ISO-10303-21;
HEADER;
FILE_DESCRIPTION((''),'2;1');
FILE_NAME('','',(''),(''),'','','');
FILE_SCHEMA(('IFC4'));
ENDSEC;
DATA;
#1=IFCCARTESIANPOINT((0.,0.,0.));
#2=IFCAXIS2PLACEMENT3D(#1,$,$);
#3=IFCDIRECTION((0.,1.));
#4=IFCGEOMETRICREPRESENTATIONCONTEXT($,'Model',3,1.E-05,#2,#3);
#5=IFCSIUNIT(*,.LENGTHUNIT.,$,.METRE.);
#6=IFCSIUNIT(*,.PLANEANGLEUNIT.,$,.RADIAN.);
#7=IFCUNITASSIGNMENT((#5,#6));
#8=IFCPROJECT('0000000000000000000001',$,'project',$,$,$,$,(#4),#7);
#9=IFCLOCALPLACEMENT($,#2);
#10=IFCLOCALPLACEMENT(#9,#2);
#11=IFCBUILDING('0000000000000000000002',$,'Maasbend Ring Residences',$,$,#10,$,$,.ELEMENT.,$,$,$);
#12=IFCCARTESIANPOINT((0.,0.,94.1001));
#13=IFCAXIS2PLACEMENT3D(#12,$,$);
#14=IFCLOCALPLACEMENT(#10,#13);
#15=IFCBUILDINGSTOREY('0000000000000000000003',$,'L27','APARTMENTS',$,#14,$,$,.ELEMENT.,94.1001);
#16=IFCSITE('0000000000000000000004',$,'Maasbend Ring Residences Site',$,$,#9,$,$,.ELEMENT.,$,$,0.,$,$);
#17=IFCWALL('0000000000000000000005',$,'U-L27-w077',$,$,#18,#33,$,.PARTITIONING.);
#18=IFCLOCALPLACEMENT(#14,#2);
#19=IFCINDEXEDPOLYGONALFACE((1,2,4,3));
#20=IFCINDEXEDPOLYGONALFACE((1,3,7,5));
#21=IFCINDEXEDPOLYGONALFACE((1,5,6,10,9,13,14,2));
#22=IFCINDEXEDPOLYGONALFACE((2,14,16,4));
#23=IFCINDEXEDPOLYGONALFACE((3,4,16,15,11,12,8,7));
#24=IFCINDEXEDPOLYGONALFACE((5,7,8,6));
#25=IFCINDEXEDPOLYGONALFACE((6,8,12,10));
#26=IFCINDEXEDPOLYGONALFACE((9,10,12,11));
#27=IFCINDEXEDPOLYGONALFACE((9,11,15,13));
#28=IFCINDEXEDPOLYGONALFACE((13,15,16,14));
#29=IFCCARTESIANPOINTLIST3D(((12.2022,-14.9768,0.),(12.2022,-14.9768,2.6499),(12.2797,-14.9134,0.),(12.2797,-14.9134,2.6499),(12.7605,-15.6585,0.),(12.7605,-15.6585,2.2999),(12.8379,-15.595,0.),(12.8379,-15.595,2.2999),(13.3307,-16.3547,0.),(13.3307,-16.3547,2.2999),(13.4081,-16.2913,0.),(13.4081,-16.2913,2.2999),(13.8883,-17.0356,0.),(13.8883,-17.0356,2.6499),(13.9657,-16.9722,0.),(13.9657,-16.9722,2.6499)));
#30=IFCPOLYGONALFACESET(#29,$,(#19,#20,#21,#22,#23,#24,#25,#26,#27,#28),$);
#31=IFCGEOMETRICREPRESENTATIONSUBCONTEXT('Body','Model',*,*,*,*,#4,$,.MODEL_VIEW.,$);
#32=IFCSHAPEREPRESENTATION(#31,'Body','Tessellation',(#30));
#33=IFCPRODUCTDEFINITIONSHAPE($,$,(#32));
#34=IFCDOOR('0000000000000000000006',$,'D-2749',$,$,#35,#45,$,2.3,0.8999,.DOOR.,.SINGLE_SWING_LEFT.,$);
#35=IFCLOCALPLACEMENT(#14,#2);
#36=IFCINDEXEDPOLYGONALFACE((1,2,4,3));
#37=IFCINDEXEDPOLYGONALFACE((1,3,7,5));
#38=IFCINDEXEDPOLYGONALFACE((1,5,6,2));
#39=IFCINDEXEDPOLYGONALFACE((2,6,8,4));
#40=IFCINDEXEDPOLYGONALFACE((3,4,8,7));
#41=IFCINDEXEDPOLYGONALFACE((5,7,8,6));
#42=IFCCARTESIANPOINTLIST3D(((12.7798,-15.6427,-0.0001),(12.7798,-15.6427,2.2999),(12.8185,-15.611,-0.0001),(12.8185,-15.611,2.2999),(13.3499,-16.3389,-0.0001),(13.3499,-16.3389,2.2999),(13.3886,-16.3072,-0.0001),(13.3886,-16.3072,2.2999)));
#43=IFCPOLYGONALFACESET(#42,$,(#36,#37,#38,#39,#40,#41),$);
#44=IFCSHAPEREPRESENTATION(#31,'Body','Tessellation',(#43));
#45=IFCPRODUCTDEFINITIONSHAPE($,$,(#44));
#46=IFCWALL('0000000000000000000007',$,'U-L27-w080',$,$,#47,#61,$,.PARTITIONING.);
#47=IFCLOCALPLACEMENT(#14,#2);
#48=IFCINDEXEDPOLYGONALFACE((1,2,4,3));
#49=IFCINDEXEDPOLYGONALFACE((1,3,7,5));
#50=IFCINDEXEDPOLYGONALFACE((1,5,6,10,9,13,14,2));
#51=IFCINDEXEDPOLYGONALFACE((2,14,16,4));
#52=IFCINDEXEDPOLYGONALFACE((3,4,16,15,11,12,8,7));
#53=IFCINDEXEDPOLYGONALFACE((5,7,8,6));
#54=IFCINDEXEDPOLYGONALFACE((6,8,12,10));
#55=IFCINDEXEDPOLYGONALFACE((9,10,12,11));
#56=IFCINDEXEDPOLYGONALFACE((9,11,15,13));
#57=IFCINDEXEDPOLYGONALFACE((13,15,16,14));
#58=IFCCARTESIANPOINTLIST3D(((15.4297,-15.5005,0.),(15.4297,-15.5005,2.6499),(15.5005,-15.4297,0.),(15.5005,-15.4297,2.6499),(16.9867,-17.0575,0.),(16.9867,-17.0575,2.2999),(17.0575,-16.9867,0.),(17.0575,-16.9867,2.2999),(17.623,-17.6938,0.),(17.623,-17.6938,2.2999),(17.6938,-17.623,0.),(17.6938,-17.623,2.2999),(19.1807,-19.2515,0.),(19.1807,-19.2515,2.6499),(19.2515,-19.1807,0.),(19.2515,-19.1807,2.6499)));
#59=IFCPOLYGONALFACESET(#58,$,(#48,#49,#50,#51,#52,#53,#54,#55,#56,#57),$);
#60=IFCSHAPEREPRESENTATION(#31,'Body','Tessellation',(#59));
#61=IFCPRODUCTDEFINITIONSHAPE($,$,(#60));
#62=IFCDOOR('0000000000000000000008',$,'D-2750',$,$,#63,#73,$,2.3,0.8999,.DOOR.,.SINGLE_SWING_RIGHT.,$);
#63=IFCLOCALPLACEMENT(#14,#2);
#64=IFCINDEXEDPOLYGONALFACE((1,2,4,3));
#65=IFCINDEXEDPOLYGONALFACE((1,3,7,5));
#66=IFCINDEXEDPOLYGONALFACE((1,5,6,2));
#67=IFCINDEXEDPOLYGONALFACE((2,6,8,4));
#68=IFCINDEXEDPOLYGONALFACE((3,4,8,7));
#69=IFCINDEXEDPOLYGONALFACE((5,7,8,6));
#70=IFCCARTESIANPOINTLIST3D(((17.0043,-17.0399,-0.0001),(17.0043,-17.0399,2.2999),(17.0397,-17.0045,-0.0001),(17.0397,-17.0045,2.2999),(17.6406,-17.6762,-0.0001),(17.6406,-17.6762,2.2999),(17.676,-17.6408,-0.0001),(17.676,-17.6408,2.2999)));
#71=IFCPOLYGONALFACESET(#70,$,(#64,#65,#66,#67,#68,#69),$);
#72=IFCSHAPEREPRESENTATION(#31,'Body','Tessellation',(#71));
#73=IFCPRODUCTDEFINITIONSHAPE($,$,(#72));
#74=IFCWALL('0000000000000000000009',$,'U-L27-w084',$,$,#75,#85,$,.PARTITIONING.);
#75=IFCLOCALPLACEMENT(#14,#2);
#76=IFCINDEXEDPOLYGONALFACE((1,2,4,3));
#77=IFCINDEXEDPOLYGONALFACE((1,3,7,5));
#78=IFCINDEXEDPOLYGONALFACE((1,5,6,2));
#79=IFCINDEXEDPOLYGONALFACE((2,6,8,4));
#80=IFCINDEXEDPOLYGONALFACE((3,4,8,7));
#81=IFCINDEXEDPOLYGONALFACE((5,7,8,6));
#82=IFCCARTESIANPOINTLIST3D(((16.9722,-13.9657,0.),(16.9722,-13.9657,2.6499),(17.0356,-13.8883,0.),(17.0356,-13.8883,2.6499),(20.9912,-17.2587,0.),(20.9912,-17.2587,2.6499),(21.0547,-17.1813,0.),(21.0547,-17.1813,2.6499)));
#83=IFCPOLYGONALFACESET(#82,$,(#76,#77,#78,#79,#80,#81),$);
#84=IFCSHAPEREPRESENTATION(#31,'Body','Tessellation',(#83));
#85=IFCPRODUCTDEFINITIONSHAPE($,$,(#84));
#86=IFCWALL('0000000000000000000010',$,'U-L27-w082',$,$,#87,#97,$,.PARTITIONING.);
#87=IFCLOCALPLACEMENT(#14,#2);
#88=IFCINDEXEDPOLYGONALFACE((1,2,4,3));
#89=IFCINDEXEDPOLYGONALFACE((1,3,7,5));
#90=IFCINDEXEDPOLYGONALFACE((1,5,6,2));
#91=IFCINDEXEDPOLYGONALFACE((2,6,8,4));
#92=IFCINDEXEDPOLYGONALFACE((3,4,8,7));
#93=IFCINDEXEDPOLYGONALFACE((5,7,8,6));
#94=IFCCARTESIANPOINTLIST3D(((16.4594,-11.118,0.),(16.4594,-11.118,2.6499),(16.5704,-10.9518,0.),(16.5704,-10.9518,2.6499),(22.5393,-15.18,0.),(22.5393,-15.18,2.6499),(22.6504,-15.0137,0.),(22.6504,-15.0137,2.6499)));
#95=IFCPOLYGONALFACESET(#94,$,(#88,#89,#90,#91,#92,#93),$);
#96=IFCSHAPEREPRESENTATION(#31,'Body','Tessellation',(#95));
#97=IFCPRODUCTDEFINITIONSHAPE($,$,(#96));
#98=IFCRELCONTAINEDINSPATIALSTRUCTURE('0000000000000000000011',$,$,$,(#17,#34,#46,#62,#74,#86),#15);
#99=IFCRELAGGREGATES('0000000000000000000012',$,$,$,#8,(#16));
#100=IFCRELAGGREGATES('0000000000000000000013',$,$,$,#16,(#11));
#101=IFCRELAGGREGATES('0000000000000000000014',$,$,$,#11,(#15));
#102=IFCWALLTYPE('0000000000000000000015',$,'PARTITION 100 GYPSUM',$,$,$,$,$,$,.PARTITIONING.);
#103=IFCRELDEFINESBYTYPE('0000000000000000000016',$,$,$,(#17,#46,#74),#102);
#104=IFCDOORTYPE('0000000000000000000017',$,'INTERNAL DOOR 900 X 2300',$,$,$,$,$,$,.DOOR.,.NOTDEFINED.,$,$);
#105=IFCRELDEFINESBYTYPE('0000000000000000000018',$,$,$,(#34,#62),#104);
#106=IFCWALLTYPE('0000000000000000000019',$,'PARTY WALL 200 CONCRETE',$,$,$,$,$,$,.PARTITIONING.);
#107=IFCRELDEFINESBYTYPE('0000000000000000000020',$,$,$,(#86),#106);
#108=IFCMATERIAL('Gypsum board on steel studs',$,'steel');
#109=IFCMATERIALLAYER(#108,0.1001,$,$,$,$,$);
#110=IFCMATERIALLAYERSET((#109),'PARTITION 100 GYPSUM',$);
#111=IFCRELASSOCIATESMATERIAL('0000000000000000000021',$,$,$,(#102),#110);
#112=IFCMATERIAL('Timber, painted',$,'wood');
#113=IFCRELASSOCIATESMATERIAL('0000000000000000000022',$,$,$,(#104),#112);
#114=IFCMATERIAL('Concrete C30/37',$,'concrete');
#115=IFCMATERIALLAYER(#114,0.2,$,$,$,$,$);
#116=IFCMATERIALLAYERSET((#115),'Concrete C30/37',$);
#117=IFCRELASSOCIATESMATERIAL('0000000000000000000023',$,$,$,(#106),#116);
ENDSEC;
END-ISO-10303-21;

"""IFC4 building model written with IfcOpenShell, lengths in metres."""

from ifc_helpers import new_model, si_unit, direction, frame, frame_2d, origin, place, context, subcontext, project, spatial, rectangle, extrude, material, layer, layer_set, type_object, element, fill, save


model = new_model("IFC4")

# Units and contexts
model_context = context("Model", 3, precision=1e-05, world=origin(), true_north=direction((0.0, 1.0)))
body_context = subcontext(model_context, "Body", "Model", "MODEL_VIEW")
ifc_project = project(units=[si_unit("LENGTHUNIT", "METRE"), si_unit("PLANEANGLEUNIT", "RADIAN")], contexts=[model_context])

# Site, building, storey
site_placement = place(None, origin())
site = spatial("IfcSite", under=ifc_project, at=site_placement, Name="Maasbend Ring Residences Site", CompositionType="ELEMENT", RefElevation=0.0)
building_placement = place(site_placement, origin())
building = spatial("IfcBuilding", under=site, at=building_placement, Name="Maasbend Ring Residences", CompositionType="ELEMENT")
storey_placement = place(building_placement, frame((0.0, 0.0, 94.1001)))
storey = spatial("IfcBuildingStorey", under=building, at=storey_placement, Name="L27", Description="APARTMENTS", CompositionType="ELEMENT", Elevation=94.1001)

# Walls, openings, doors
ifc_material_1 = material(Name="Gypsum board on steel studs", Category="steel")
ifc_layer_1 = layer(ifc_material_1, 0.1001)
ifc_layer_set_1 = layer_set([ifc_layer_1], Name="PARTITION 100 GYPSUM")
wall_type_1 = type_object("IfcWallType", Name="PARTITION 100 GYPSUM", PredefinedType="PARTITIONING", material=ifc_layer_set_1)
ifc_material_2 = material(Name="Timber, painted", Category="wood")
door_type_1 = type_object("IfcDoorType", Name="INTERNAL DOOR 900 X 2300", OperationType="NOTDEFINED", PredefinedType="DOOR", material=ifc_material_2)
wall_1_placement = place(storey_placement, frame((12.241, -14.9451, 0.0), z_axis=(0.0, 0.0, 1.0), x_axis=(0.633582, -0.773675, 0.0)))
wall_1 = element("IfcWall", 1, at=wall_1_placement, inside=storey, type_object=wall_type_1, Name="U-L27-w077", PredefinedType="PARTITIONING", context=body_context, shape_type="SweptSolid", body=[
    extrude(rectangle(XDim=2.6611, YDim=0.1001, at=frame_2d((1.3306, 0.0))), origin(), (0.0, 0.0, 1.0), 2.6499),
])
opening_1_placement = place(wall_1_placement, frame((0.8811, 0.0, 0.0)))
opening_1 = element("IfcOpeningElement", 2, at=opening_1_placement, cuts=wall_1, PredefinedType="OPENING", context=body_context, shape_type="SweptSolid", body=[
    extrude(rectangle(XDim=0.8999, YDim=2.3, at=frame_2d((0.45, 1.1499))), frame((0.0, 0.0601, 0.0), z_axis=(0.0, -1.0, 0.0), x_axis=(1.0, 0.0, 0.0)), (0.0, 0.0, 1.0), 0.1201),
])
door_1_placement = place(opening_1_placement, origin())
door_1 = element("IfcDoor", 3, at=door_1_placement, inside=storey, type_object=door_type_1, Name="D-2749", OperationType="SINGLE_SWING_LEFT", OverallHeight=2.3, OverallWidth=0.8999, PredefinedType="DOOR", context=body_context, shape_type="SweptSolid", body=[
    extrude(rectangle(XDim=0.8999, YDim=2.3, at=frame_2d((0.45, 1.1499))), frame((0.0, 0.0249, 0.0), z_axis=(0.0, -1.0, 0.0), x_axis=(1.0, 0.0, 0.0)), (0.0, 0.0, 1.0), 0.05),
])
fill(opening_1, door_1)
wall_2_placement = place(storey_placement, frame((15.4651, -15.4651, 0.0), z_axis=(0.0, 0.0, 1.0), x_axis=(0.707107, -0.707107, 0.0)))
wall_2 = element("IfcWall", 4, at=wall_2_placement, inside=storey, type_object=wall_type_1, Name="U-L27-w080", PredefinedType="PARTITIONING", context=body_context, shape_type="SweptSolid", body=[
    extrude(rectangle(XDim=5.3047, YDim=0.1001, at=frame_2d((2.6523, 0.0))), origin(), (0.0, 0.0, 1.0), 2.6499),
])
opening_2_placement = place(wall_2_placement, frame((2.2019, 0.0, 0.0)))
opening_2 = element("IfcOpeningElement", 5, at=opening_2_placement, cuts=wall_2, PredefinedType="OPENING", context=body_context, shape_type="SweptSolid", body=[
    extrude(rectangle(XDim=0.8999, YDim=2.3, at=frame_2d((0.45, 1.1499))), frame((0.0, 0.0601, 0.0), z_axis=(0.0, -1.0, 0.0), x_axis=(1.0, 0.0, 0.0)), (0.0, 0.0, 1.0), 0.1201),
])
door_2_placement = place(opening_2_placement, origin())
door_2 = element("IfcDoor", 6, at=door_2_placement, inside=storey, type_object=door_type_1, Name="D-2750", OperationType="SINGLE_SWING_RIGHT", OverallHeight=2.3, OverallWidth=0.8999, PredefinedType="DOOR", context=body_context, shape_type="SweptSolid", body=[
    extrude(rectangle(XDim=0.8999, YDim=2.3, at=frame_2d((0.45, 1.1499))), frame((0.0, 0.0249, 0.0), z_axis=(0.0, -1.0, 0.0), x_axis=(1.0, 0.0, 0.0)), (0.0, 0.0, 1.0), 0.05),
])
fill(opening_2, door_2)

# Walls
wall_3_placement = place(storey_placement, frame((17.0039, -13.927, 0.0), z_axis=(0.0, 0.0, 1.0), x_axis=(0.773517, -0.633775, 0.0)))
element("IfcWall", 7, at=wall_3_placement, inside=storey, type_object=wall_type_1, Name="U-L27-w084", PredefinedType="PARTITIONING", context=body_context, shape_type="SweptSolid", body=[
    extrude(rectangle(XDim=5.1958, YDim=0.1001, at=frame_2d((2.5979, 0.0))), origin(), (0.0, 0.0, 1.0), 2.6499),
])
ifc_material_3 = material(Name="Concrete C30/37", Category="concrete")
ifc_layer_2 = layer(ifc_material_3, 0.2)
ifc_layer_set_2 = layer_set([ifc_layer_2], Name="Concrete C30/37")
wall_type_2 = type_object("IfcWallType", Name="PARTY WALL 200 CONCRETE", PredefinedType="PARTITIONING", material=ifc_layer_set_2)
wall_4_placement = place(storey_placement, frame((16.5149, -11.0349, 0.0), z_axis=(0.0, 0.0, 1.0), x_axis=(0.831505, -0.555517, 0.0)))
element("IfcWall", 8, at=wall_4_placement, inside=storey, type_object=wall_type_2, Name="U-L27-w082", PredefinedType="PARTITIONING", context=body_context, shape_type="SweptSolid", body=[
    extrude(rectangle(XDim=7.312, YDim=0.2, at=frame_2d((3.656, 0.0))), origin(), (0.0, 0.0, 1.0), 2.6499),
])

save(model, "model.ifc")
